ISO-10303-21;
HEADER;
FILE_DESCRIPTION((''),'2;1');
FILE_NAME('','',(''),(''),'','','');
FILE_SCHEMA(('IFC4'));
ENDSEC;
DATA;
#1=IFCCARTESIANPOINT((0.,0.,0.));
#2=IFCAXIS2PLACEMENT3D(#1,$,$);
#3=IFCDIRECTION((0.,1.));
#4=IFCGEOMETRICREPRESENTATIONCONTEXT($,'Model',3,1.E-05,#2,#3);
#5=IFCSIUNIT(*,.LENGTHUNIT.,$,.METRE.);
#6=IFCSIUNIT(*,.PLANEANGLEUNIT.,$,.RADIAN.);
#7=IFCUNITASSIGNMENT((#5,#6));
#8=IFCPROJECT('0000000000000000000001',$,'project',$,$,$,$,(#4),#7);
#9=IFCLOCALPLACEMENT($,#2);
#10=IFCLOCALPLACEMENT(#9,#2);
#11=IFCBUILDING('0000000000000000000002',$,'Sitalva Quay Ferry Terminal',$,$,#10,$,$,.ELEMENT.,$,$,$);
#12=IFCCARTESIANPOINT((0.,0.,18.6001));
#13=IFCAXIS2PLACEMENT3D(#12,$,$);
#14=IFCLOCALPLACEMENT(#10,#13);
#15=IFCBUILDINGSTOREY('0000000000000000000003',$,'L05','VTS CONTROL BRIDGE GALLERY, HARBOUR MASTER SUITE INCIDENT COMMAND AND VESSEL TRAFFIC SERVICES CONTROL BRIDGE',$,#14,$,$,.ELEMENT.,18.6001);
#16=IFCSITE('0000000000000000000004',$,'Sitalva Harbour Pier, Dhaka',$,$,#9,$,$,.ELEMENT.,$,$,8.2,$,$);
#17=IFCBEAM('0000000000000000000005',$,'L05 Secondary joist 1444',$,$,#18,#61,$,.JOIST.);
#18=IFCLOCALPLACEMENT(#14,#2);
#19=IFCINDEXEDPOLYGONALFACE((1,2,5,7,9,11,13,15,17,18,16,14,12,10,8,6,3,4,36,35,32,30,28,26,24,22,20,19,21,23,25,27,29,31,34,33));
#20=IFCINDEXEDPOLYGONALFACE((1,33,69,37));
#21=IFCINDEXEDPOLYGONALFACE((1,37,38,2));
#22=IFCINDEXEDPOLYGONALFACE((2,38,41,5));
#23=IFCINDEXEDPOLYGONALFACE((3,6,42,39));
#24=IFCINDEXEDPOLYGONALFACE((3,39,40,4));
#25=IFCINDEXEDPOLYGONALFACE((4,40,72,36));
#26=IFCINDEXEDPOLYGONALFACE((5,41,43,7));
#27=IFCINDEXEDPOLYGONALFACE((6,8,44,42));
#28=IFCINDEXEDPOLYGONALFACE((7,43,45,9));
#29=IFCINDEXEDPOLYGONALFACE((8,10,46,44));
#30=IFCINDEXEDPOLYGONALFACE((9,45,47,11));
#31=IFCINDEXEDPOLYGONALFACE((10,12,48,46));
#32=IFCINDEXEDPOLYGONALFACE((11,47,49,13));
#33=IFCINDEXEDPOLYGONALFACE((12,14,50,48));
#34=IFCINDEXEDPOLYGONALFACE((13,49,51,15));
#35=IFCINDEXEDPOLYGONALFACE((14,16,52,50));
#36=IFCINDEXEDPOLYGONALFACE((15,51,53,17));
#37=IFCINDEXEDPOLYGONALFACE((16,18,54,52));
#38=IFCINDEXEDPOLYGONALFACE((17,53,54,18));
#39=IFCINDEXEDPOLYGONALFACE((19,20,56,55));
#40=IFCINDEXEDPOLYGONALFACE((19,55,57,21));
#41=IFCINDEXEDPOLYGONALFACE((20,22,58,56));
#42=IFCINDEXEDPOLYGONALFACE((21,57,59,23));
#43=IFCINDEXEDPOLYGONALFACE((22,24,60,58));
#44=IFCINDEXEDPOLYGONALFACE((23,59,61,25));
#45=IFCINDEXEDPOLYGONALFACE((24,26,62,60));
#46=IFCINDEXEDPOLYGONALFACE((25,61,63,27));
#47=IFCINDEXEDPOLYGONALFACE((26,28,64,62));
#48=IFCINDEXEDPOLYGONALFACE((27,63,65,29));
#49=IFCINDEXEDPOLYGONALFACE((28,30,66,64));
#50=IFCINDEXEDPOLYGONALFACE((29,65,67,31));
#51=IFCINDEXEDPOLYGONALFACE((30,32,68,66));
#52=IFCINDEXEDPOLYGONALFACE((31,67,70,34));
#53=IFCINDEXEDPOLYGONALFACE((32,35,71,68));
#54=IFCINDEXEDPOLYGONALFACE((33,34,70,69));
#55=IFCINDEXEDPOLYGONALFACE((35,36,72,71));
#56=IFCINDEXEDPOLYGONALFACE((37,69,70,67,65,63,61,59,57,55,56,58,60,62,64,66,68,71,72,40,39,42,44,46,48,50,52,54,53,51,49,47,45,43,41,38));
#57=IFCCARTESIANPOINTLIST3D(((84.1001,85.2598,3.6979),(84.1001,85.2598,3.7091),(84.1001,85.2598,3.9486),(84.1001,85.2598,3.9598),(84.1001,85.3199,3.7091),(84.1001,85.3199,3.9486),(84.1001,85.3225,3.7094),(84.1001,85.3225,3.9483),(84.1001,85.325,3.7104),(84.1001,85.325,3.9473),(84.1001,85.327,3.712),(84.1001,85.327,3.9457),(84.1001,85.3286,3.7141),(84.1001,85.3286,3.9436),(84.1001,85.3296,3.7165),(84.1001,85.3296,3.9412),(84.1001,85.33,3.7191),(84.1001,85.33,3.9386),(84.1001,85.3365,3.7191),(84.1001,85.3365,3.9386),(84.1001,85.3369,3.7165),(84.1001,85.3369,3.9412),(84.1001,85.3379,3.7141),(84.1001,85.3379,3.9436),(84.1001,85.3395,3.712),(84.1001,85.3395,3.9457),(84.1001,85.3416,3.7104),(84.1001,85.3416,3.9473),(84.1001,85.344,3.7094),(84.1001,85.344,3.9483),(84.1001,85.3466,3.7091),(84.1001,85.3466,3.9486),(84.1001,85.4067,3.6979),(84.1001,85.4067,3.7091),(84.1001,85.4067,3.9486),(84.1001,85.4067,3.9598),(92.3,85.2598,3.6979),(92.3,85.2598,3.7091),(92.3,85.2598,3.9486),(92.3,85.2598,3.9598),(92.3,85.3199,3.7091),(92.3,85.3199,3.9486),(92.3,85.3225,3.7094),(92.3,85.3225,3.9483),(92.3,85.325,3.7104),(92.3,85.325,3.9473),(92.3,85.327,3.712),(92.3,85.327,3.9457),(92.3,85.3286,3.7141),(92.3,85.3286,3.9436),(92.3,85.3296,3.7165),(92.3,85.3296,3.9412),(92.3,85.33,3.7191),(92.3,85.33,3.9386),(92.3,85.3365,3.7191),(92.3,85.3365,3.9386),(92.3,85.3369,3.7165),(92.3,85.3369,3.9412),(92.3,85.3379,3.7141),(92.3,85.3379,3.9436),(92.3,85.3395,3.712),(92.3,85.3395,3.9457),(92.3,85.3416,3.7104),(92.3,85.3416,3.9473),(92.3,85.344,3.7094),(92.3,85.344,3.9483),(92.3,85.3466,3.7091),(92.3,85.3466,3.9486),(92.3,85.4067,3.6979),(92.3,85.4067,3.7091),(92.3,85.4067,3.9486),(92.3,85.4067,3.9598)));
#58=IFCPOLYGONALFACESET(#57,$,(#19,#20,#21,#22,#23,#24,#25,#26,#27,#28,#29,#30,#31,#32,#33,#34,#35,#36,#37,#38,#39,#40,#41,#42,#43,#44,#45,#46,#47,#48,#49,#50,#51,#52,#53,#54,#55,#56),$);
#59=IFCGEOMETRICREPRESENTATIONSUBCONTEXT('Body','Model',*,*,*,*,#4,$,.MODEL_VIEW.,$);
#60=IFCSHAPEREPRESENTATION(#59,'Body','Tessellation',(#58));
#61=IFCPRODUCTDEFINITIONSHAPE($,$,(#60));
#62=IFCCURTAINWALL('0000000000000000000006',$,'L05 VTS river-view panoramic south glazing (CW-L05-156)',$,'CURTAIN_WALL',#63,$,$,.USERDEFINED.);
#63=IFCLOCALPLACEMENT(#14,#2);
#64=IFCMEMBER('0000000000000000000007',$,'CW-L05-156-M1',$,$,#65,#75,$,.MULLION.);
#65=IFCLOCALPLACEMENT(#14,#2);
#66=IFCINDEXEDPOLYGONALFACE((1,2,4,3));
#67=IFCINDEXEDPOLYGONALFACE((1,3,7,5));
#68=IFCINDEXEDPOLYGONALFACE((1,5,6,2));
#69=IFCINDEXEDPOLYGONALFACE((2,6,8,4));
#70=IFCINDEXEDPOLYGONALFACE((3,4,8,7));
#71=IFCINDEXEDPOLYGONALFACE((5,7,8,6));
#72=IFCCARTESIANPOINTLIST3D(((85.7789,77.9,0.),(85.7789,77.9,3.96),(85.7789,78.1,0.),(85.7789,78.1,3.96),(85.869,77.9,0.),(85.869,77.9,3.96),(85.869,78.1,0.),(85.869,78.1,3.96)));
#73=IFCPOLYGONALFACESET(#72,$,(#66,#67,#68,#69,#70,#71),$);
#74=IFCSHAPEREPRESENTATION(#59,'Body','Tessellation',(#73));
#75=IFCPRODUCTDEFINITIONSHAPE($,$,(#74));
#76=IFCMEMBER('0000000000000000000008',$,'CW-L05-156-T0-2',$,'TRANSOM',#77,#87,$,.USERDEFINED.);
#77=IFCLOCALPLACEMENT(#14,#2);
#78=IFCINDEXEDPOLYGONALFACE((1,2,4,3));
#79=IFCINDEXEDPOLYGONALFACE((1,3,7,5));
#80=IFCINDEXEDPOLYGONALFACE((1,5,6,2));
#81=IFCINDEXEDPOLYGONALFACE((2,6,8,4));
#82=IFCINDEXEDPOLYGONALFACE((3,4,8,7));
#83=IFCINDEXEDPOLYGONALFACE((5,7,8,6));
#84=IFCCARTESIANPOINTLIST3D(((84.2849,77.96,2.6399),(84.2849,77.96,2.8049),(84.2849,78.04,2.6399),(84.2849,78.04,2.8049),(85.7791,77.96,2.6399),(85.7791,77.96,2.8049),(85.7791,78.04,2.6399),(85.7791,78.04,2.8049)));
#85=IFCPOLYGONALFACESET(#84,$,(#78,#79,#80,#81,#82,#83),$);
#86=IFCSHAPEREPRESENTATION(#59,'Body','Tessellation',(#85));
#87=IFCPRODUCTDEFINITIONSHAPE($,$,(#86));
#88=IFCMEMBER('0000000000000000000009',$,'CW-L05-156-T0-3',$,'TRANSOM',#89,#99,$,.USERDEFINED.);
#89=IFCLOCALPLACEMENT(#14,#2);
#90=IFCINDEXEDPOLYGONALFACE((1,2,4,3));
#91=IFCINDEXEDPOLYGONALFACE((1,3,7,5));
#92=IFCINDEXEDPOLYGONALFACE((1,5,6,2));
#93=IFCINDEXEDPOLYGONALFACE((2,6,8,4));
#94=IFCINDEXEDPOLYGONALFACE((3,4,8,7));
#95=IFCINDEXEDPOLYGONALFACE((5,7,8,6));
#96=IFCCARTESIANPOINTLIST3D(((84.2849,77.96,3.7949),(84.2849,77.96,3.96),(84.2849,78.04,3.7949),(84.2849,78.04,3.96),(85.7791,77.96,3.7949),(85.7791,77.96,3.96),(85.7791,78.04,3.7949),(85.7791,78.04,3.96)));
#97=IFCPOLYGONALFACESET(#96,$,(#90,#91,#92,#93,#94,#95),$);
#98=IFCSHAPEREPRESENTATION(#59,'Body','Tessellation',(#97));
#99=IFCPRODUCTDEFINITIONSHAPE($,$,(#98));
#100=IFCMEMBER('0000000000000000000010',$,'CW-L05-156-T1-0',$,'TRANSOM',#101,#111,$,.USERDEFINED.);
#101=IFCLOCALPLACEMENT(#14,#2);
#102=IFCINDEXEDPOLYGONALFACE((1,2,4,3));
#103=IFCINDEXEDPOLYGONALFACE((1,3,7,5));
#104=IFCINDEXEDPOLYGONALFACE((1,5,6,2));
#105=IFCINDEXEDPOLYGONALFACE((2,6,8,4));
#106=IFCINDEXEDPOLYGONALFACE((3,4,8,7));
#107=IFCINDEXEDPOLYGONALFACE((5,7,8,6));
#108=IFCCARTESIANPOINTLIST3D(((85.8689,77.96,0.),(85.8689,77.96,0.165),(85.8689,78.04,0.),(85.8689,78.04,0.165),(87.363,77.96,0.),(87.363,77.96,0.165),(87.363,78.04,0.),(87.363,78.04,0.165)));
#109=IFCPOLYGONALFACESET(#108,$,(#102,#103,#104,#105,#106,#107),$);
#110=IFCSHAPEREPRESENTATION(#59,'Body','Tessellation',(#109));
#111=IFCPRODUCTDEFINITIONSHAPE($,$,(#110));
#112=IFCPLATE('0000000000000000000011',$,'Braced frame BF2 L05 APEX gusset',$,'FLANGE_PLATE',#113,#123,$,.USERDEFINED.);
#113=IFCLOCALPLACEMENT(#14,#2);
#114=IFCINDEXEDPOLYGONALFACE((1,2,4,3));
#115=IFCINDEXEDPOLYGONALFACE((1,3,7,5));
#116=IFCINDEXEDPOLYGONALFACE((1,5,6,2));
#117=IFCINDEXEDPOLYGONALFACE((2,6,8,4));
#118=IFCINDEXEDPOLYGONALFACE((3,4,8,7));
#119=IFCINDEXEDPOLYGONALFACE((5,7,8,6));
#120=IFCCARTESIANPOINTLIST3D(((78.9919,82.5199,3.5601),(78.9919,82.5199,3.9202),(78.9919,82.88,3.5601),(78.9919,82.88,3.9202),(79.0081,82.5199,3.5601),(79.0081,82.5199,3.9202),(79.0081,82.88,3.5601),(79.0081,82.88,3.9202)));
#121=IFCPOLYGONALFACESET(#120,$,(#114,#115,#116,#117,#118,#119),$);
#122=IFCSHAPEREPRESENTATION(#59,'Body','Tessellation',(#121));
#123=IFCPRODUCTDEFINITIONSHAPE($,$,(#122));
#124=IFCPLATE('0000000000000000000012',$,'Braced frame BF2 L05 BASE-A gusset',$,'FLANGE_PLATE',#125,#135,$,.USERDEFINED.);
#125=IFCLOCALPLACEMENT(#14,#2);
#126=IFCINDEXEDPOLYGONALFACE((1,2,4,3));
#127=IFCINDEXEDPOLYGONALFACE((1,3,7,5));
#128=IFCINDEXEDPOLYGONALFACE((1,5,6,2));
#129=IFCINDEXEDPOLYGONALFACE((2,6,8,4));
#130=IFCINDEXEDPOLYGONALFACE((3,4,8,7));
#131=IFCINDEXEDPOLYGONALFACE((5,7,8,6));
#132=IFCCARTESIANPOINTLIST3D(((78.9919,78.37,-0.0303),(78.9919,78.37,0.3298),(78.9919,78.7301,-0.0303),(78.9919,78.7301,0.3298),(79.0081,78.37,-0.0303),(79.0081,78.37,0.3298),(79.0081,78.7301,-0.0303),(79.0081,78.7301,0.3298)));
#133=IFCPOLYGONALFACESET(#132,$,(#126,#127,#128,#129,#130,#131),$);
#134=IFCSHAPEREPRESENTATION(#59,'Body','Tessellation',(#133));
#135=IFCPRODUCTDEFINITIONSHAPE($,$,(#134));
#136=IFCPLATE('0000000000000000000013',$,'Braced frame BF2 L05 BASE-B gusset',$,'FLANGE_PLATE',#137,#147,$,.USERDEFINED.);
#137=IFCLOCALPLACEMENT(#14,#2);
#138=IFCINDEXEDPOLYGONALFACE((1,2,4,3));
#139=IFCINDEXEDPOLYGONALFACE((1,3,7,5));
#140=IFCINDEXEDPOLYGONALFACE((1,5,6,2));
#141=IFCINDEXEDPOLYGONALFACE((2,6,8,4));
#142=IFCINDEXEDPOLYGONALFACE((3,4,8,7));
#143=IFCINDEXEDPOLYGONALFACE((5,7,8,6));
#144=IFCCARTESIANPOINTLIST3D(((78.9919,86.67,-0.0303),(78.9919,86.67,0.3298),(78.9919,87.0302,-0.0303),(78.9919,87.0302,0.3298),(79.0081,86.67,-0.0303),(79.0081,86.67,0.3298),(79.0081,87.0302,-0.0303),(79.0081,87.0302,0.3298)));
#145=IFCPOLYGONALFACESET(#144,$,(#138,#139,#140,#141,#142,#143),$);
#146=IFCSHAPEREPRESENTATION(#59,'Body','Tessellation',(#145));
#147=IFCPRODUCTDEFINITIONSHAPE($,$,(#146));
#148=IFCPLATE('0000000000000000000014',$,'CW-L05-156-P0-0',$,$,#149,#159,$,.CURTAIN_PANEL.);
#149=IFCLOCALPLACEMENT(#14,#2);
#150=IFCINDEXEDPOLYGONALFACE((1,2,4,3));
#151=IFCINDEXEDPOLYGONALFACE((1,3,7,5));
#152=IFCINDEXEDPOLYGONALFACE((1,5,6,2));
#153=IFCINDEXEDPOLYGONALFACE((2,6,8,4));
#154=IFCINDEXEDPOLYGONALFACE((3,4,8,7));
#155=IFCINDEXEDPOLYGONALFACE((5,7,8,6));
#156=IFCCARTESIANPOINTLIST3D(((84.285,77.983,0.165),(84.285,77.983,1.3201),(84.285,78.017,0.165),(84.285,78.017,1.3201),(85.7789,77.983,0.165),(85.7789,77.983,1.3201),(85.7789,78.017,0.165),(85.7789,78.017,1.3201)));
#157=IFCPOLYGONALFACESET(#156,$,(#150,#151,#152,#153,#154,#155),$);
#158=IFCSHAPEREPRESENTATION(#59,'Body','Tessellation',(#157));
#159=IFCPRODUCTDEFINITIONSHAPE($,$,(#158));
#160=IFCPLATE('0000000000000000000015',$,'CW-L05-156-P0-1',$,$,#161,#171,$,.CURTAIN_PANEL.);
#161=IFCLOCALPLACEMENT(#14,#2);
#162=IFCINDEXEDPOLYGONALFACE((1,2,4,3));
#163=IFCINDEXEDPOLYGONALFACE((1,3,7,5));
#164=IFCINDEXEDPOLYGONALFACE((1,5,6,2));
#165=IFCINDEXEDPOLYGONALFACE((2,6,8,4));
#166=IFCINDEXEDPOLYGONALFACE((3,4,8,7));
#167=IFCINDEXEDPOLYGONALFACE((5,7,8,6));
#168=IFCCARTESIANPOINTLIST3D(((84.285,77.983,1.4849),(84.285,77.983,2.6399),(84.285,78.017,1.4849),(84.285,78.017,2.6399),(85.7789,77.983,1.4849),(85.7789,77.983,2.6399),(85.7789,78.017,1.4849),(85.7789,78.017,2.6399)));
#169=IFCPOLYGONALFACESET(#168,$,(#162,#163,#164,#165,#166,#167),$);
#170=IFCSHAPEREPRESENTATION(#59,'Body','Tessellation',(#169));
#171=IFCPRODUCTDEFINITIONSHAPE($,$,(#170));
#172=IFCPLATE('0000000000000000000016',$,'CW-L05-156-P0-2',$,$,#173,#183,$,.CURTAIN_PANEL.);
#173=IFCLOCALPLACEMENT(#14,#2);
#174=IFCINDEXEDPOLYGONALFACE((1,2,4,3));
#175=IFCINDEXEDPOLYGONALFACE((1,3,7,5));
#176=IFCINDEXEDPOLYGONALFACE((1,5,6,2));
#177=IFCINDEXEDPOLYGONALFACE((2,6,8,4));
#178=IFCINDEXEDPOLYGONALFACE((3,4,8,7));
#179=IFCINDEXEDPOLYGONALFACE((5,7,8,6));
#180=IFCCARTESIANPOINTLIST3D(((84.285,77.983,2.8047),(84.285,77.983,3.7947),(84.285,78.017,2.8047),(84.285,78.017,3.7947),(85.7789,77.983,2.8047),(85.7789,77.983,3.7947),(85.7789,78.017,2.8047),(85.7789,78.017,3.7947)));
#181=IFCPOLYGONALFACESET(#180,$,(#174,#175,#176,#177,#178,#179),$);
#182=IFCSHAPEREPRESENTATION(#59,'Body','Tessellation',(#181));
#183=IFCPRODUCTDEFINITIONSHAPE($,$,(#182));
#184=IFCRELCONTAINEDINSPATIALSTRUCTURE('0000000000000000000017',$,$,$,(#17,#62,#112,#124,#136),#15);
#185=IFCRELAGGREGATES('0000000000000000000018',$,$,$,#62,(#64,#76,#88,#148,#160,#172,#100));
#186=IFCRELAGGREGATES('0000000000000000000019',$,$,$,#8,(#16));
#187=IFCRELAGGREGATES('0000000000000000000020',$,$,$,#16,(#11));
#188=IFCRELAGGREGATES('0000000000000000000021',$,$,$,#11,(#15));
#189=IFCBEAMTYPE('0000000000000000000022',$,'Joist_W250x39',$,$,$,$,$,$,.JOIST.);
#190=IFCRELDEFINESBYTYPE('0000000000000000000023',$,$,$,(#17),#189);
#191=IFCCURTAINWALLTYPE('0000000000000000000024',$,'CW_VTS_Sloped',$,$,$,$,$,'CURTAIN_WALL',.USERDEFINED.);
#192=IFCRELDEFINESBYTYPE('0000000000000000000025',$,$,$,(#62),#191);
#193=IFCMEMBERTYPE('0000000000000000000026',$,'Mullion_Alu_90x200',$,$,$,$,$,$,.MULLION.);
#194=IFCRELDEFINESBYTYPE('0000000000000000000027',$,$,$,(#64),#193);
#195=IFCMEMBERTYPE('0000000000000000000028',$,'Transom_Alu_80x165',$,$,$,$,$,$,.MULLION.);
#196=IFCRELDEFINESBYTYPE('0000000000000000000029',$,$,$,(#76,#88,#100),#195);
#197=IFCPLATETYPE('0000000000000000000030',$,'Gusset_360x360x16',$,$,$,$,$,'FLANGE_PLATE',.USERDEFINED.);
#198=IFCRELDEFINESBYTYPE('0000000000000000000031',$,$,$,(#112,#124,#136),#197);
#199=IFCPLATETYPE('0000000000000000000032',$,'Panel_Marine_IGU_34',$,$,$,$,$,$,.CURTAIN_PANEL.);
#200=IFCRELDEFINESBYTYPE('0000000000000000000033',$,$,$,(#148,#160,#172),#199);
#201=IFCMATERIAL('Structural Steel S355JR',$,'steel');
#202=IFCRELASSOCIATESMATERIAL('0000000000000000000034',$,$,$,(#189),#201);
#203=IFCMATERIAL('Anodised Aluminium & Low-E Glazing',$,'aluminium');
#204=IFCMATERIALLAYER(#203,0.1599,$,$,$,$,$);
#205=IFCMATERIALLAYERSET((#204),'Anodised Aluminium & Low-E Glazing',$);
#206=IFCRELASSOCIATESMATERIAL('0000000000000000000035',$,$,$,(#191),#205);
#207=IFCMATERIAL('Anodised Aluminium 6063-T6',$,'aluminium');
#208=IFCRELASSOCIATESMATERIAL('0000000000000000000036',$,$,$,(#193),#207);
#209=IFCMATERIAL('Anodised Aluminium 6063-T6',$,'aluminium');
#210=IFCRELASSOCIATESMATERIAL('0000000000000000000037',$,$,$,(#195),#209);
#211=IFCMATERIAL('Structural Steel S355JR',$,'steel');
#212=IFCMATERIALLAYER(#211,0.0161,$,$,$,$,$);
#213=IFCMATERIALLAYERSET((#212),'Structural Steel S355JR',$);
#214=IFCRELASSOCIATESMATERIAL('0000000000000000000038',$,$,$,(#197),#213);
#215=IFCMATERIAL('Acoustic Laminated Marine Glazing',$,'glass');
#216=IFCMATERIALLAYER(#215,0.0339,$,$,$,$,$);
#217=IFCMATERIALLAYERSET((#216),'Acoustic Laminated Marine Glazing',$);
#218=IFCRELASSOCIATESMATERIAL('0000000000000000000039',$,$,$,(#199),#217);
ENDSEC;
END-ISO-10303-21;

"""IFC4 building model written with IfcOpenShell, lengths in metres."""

from ifc_helpers import new_model, si_unit, direction, frame, origin, origin_2d, place, context, subcontext, project, spatial, rectangle, i_section, extrude, material, layer, layer_set, material_profile, profile_set, type_object, element, aggregate, save


model = new_model("IFC4")

# Units and contexts
model_context = context("Model", 3, precision=1e-05, world=origin(), true_north=direction((0.0, 1.0)))
body_context = subcontext(model_context, "Body", "Model", "MODEL_VIEW")
ifc_project = project(units=[si_unit("LENGTHUNIT", "METRE"), si_unit("PLANEANGLEUNIT", "RADIAN")], contexts=[model_context])

# Site, building, storey
site_placement = place(None, origin())
site = spatial("IfcSite", under=ifc_project, at=site_placement, Name="Sitalva Harbour Pier, Dhaka", CompositionType="ELEMENT", RefElevation=8.2)
building_placement = place(site_placement, origin())
building = spatial("IfcBuilding", under=site, at=building_placement, Name="Sitalva Quay Ferry Terminal", CompositionType="ELEMENT")
storey_placement = place(building_placement, frame((0.0, 0.0, 18.6001)))
storey = spatial("IfcBuildingStorey", under=building, at=storey_placement, Name="L05", Description="VTS CONTROL BRIDGE GALLERY, HARBOUR MASTER SUITE INCIDENT COMMAND AND VESSEL TRAFFIC SERVICES CONTROL BRIDGE", CompositionType="ELEMENT", Elevation=18.6001)

# Beam
ifc_material_1 = material(Name="Structural Steel S355JR", Category="steel")
ifc_material_profile_1 = material_profile(ifc_material_1, i_section(OverallWidth=0.147, OverallDepth=0.262, WebThickness=0.0066, FlangeThickness=0.0112, FilletRadius=0.01, at=origin_2d()), Name="W250x39")
ifc_profile_set_1 = profile_set([ifc_material_profile_1], Name="Structural Steel S355JR")
beam_type = type_object("IfcBeamType", Name="Joist_W250x39", PredefinedType="JOIST", material=ifc_profile_set_1)
for number, where, z_axis, x_axis, name in (
    (1, (84.1001, 85.3333, 3.8289), (1.0, 0.0, 0.0), (0.0, 1.0, 0.0), "L05 Secondary joist 1444"),
):
    element("IfcBeam", number, at=place(storey_placement, frame(where, z_axis=z_axis, x_axis=x_axis)), inside=storey, type_object=beam_type, Name=name, PredefinedType="JOIST", context=body_context, shape_type="SweptSolid", body=[
        extrude(i_section(OverallWidth=0.147, OverallDepth=0.262, WebThickness=0.0066, FlangeThickness=0.0112, FilletRadius=0.01, at=origin_2d()), origin(), (0.0, 0.0, 1.0), 8.2),
    ])

# Curtain wall, members
ifc_material_2 = material(Name="Anodised Aluminium & Low-E Glazing", Category="aluminium")
ifc_layer_1 = layer(ifc_material_2, 0.1599)
ifc_layer_set_1 = layer_set([ifc_layer_1], Name="Anodised Aluminium & Low-E Glazing")
curtain_wall_type = type_object("IfcCurtainWallType", Name="CW_VTS_Sloped", ElementType="CURTAIN_WALL", PredefinedType="USERDEFINED", material=ifc_layer_set_1)
curtain_wall_placement = place(storey_placement, origin())
curtain_wall = element("IfcCurtainWall", 2, at=curtain_wall_placement, inside=storey, type_object=curtain_wall_type, Name="L05 VTS river-view panoramic south glazing (CW-L05-156)", ObjectType="CURTAIN_WALL", PredefinedType="USERDEFINED")
ifc_material_3 = material(Name="Anodised Aluminium 6063-T6", Category="aluminium")
ifc_material_profile_2 = material_profile(ifc_material_3, rectangle(XDim=0.0901, YDim=0.2, at=origin_2d()), Name="ALU90x200")
ifc_profile_set_2 = profile_set([ifc_material_profile_2], Name="Anodised Aluminium 6063-T6")
member_type_1 = type_object("IfcMemberType", Name="Mullion_Alu_90x200", PredefinedType="MULLION", material=ifc_profile_set_2)
member_1_placement = place(storey_placement, frame((85.824, 78.0, 0.0), z_axis=(0.0, 0.0, 1.0), x_axis=(1.0, 0.0, 0.0)))
member_1 = element("IfcMember", 3, at=member_1_placement, type_object=member_type_1, Name="CW-L05-156-M1", PredefinedType="MULLION", context=body_context, shape_type="SweptSolid", body=[
    extrude(rectangle(XDim=0.0901, YDim=0.2, at=origin_2d()), origin(), (0.0, 0.0, 1.0), 3.96),
])
ifc_material_4 = material(Name="Anodised Aluminium 6063-T6", Category="aluminium")
ifc_material_profile_3 = material_profile(ifc_material_4, rectangle(XDim=0.0801, YDim=0.165, at=origin_2d()), Name="ALU80x165")
ifc_profile_set_3 = profile_set([ifc_material_profile_3], Name="Anodised Aluminium 6063-T6")
member_type_2 = type_object("IfcMemberType", Name="Transom_Alu_80x165", PredefinedType="MULLION", material=ifc_profile_set_3)
member_2_placement = place(storey_placement, frame((84.2849, 78.0, 2.7224), z_axis=(1.0, 0.0, 0.0), x_axis=(0.0, 1.0, 0.0)))
member_2 = element("IfcMember", 4, at=member_2_placement, type_object=member_type_2, Name="CW-L05-156-T0-2", ObjectType="TRANSOM", PredefinedType="USERDEFINED", context=body_context, shape_type="SweptSolid", body=[
    extrude(rectangle(XDim=0.0801, YDim=0.165, at=origin_2d()), origin(), (0.0, 0.0, 1.0), 1.4941),
])
member_3_placement = place(storey_placement, frame((84.2849, 78.0, 3.8774), z_axis=(1.0, 0.0, 0.0), x_axis=(0.0, 1.0, 0.0)))
member_3 = element("IfcMember", 5, at=member_3_placement, type_object=member_type_2, Name="CW-L05-156-T0-3", ObjectType="TRANSOM", PredefinedType="USERDEFINED", context=body_context, shape_type="SweptSolid", body=[
    extrude(rectangle(XDim=0.0801, YDim=0.165, at=origin_2d()), origin(), (0.0, 0.0, 1.0), 1.4941),
])
member_4_placement = place(storey_placement, frame((85.8689, 78.0, 0.0825), z_axis=(1.0, 0.0, 0.0), x_axis=(0.0, 1.0, 0.0)))
member_4 = element("IfcMember", 6, at=member_4_placement, type_object=member_type_2, Name="CW-L05-156-T1-0", ObjectType="TRANSOM", PredefinedType="USERDEFINED", context=body_context, shape_type="SweptSolid", body=[
    extrude(rectangle(XDim=0.0801, YDim=0.165, at=origin_2d()), origin(), (0.0, 0.0, 1.0), 1.4941),
])

# Plates
ifc_material_5 = material(Name="Structural Steel S355JR", Category="steel")
ifc_layer_2 = layer(ifc_material_5, 0.0161)
ifc_layer_set_2 = layer_set([ifc_layer_2], Name="Structural Steel S355JR")
plate_type_1 = type_object("IfcPlateType", Name="Gusset_360x360x16", ElementType="FLANGE_PLATE", PredefinedType="USERDEFINED", material=ifc_layer_set_2)
for number, where, z_axis, x_axis, name in (
    (7, (79.0, 82.7, 3.5601), (0.0, 0.0, 1.0), (1.0, 0.0, 0.0), "Braced frame BF2 L05 APEX gusset"),
    (8, (79.0, 78.55, -0.0303), (0.0, 0.0, 1.0), (1.0, 0.0, 0.0), "Braced frame BF2 L05 BASE-A gusset"),
    (9, (79.0, 86.8501, -0.0303), (0.0, 0.0, 1.0), (1.0, 0.0, 0.0), "Braced frame BF2 L05 BASE-B gusset"),
):
    element("IfcPlate", number, at=place(storey_placement, frame(where, z_axis=z_axis, x_axis=x_axis)), inside=storey, type_object=plate_type_1, Name=name, ObjectType="FLANGE_PLATE", PredefinedType="USERDEFINED", context=body_context, shape_type="SweptSolid", body=[
        extrude(rectangle(XDim=0.0161, YDim=0.3601, at=origin_2d()), origin(), (0.0, 0.0, 1.0), 0.3601),
    ])

# Plates
ifc_material_6 = material(Name="Acoustic Laminated Marine Glazing", Category="glass")
ifc_layer_3 = layer(ifc_material_6, 0.0339)
ifc_layer_set_3 = layer_set([ifc_layer_3], Name="Acoustic Laminated Marine Glazing")
plate_type_2 = type_object("IfcPlateType", Name="Panel_Marine_IGU_34", PredefinedType="CURTAIN_PANEL", material=ifc_layer_set_3)
plate_1_placement = place(storey_placement, frame((85.032, 78.0, 0.165), z_axis=(0.0, 0.0, 1.0), x_axis=(1.0, 0.0, 0.0)))
plate_1 = element("IfcPlate", 10, at=plate_1_placement, type_object=plate_type_2, Name="CW-L05-156-P0-0", PredefinedType="CURTAIN_PANEL", context=body_context, shape_type="SweptSolid", body=[
    extrude(rectangle(XDim=1.4939, YDim=0.0339, at=origin_2d()), origin(), (0.0, 0.0, 1.0), 1.155),
])
plate_2_placement = place(storey_placement, frame((85.032, 78.0, 1.4849), z_axis=(0.0, 0.0, 1.0), x_axis=(1.0, 0.0, 0.0)))
plate_2 = element("IfcPlate", 11, at=plate_2_placement, type_object=plate_type_2, Name="CW-L05-156-P0-1", PredefinedType="CURTAIN_PANEL", context=body_context, shape_type="SweptSolid", body=[
    extrude(rectangle(XDim=1.4939, YDim=0.0339, at=origin_2d()), origin(), (0.0, 0.0, 1.0), 1.155),
])
plate_3_placement = place(storey_placement, frame((85.032, 78.0, 2.8047), z_axis=(0.0, 0.0, 1.0), x_axis=(1.0, 0.0, 0.0)))
plate_3 = element("IfcPlate", 12, at=plate_3_placement, type_object=plate_type_2, Name="CW-L05-156-P0-2", PredefinedType="CURTAIN_PANEL", context=body_context, shape_type="SweptSolid", body=[
    extrude(rectangle(XDim=1.4939, YDim=0.0339, at=origin_2d()), origin(), (0.0, 0.0, 1.0), 0.99),
])
aggregate(curtain_wall, [member_1, member_2, member_3, plate_1, plate_2, plate_3, member_4])

save(model, "model.ifc")
